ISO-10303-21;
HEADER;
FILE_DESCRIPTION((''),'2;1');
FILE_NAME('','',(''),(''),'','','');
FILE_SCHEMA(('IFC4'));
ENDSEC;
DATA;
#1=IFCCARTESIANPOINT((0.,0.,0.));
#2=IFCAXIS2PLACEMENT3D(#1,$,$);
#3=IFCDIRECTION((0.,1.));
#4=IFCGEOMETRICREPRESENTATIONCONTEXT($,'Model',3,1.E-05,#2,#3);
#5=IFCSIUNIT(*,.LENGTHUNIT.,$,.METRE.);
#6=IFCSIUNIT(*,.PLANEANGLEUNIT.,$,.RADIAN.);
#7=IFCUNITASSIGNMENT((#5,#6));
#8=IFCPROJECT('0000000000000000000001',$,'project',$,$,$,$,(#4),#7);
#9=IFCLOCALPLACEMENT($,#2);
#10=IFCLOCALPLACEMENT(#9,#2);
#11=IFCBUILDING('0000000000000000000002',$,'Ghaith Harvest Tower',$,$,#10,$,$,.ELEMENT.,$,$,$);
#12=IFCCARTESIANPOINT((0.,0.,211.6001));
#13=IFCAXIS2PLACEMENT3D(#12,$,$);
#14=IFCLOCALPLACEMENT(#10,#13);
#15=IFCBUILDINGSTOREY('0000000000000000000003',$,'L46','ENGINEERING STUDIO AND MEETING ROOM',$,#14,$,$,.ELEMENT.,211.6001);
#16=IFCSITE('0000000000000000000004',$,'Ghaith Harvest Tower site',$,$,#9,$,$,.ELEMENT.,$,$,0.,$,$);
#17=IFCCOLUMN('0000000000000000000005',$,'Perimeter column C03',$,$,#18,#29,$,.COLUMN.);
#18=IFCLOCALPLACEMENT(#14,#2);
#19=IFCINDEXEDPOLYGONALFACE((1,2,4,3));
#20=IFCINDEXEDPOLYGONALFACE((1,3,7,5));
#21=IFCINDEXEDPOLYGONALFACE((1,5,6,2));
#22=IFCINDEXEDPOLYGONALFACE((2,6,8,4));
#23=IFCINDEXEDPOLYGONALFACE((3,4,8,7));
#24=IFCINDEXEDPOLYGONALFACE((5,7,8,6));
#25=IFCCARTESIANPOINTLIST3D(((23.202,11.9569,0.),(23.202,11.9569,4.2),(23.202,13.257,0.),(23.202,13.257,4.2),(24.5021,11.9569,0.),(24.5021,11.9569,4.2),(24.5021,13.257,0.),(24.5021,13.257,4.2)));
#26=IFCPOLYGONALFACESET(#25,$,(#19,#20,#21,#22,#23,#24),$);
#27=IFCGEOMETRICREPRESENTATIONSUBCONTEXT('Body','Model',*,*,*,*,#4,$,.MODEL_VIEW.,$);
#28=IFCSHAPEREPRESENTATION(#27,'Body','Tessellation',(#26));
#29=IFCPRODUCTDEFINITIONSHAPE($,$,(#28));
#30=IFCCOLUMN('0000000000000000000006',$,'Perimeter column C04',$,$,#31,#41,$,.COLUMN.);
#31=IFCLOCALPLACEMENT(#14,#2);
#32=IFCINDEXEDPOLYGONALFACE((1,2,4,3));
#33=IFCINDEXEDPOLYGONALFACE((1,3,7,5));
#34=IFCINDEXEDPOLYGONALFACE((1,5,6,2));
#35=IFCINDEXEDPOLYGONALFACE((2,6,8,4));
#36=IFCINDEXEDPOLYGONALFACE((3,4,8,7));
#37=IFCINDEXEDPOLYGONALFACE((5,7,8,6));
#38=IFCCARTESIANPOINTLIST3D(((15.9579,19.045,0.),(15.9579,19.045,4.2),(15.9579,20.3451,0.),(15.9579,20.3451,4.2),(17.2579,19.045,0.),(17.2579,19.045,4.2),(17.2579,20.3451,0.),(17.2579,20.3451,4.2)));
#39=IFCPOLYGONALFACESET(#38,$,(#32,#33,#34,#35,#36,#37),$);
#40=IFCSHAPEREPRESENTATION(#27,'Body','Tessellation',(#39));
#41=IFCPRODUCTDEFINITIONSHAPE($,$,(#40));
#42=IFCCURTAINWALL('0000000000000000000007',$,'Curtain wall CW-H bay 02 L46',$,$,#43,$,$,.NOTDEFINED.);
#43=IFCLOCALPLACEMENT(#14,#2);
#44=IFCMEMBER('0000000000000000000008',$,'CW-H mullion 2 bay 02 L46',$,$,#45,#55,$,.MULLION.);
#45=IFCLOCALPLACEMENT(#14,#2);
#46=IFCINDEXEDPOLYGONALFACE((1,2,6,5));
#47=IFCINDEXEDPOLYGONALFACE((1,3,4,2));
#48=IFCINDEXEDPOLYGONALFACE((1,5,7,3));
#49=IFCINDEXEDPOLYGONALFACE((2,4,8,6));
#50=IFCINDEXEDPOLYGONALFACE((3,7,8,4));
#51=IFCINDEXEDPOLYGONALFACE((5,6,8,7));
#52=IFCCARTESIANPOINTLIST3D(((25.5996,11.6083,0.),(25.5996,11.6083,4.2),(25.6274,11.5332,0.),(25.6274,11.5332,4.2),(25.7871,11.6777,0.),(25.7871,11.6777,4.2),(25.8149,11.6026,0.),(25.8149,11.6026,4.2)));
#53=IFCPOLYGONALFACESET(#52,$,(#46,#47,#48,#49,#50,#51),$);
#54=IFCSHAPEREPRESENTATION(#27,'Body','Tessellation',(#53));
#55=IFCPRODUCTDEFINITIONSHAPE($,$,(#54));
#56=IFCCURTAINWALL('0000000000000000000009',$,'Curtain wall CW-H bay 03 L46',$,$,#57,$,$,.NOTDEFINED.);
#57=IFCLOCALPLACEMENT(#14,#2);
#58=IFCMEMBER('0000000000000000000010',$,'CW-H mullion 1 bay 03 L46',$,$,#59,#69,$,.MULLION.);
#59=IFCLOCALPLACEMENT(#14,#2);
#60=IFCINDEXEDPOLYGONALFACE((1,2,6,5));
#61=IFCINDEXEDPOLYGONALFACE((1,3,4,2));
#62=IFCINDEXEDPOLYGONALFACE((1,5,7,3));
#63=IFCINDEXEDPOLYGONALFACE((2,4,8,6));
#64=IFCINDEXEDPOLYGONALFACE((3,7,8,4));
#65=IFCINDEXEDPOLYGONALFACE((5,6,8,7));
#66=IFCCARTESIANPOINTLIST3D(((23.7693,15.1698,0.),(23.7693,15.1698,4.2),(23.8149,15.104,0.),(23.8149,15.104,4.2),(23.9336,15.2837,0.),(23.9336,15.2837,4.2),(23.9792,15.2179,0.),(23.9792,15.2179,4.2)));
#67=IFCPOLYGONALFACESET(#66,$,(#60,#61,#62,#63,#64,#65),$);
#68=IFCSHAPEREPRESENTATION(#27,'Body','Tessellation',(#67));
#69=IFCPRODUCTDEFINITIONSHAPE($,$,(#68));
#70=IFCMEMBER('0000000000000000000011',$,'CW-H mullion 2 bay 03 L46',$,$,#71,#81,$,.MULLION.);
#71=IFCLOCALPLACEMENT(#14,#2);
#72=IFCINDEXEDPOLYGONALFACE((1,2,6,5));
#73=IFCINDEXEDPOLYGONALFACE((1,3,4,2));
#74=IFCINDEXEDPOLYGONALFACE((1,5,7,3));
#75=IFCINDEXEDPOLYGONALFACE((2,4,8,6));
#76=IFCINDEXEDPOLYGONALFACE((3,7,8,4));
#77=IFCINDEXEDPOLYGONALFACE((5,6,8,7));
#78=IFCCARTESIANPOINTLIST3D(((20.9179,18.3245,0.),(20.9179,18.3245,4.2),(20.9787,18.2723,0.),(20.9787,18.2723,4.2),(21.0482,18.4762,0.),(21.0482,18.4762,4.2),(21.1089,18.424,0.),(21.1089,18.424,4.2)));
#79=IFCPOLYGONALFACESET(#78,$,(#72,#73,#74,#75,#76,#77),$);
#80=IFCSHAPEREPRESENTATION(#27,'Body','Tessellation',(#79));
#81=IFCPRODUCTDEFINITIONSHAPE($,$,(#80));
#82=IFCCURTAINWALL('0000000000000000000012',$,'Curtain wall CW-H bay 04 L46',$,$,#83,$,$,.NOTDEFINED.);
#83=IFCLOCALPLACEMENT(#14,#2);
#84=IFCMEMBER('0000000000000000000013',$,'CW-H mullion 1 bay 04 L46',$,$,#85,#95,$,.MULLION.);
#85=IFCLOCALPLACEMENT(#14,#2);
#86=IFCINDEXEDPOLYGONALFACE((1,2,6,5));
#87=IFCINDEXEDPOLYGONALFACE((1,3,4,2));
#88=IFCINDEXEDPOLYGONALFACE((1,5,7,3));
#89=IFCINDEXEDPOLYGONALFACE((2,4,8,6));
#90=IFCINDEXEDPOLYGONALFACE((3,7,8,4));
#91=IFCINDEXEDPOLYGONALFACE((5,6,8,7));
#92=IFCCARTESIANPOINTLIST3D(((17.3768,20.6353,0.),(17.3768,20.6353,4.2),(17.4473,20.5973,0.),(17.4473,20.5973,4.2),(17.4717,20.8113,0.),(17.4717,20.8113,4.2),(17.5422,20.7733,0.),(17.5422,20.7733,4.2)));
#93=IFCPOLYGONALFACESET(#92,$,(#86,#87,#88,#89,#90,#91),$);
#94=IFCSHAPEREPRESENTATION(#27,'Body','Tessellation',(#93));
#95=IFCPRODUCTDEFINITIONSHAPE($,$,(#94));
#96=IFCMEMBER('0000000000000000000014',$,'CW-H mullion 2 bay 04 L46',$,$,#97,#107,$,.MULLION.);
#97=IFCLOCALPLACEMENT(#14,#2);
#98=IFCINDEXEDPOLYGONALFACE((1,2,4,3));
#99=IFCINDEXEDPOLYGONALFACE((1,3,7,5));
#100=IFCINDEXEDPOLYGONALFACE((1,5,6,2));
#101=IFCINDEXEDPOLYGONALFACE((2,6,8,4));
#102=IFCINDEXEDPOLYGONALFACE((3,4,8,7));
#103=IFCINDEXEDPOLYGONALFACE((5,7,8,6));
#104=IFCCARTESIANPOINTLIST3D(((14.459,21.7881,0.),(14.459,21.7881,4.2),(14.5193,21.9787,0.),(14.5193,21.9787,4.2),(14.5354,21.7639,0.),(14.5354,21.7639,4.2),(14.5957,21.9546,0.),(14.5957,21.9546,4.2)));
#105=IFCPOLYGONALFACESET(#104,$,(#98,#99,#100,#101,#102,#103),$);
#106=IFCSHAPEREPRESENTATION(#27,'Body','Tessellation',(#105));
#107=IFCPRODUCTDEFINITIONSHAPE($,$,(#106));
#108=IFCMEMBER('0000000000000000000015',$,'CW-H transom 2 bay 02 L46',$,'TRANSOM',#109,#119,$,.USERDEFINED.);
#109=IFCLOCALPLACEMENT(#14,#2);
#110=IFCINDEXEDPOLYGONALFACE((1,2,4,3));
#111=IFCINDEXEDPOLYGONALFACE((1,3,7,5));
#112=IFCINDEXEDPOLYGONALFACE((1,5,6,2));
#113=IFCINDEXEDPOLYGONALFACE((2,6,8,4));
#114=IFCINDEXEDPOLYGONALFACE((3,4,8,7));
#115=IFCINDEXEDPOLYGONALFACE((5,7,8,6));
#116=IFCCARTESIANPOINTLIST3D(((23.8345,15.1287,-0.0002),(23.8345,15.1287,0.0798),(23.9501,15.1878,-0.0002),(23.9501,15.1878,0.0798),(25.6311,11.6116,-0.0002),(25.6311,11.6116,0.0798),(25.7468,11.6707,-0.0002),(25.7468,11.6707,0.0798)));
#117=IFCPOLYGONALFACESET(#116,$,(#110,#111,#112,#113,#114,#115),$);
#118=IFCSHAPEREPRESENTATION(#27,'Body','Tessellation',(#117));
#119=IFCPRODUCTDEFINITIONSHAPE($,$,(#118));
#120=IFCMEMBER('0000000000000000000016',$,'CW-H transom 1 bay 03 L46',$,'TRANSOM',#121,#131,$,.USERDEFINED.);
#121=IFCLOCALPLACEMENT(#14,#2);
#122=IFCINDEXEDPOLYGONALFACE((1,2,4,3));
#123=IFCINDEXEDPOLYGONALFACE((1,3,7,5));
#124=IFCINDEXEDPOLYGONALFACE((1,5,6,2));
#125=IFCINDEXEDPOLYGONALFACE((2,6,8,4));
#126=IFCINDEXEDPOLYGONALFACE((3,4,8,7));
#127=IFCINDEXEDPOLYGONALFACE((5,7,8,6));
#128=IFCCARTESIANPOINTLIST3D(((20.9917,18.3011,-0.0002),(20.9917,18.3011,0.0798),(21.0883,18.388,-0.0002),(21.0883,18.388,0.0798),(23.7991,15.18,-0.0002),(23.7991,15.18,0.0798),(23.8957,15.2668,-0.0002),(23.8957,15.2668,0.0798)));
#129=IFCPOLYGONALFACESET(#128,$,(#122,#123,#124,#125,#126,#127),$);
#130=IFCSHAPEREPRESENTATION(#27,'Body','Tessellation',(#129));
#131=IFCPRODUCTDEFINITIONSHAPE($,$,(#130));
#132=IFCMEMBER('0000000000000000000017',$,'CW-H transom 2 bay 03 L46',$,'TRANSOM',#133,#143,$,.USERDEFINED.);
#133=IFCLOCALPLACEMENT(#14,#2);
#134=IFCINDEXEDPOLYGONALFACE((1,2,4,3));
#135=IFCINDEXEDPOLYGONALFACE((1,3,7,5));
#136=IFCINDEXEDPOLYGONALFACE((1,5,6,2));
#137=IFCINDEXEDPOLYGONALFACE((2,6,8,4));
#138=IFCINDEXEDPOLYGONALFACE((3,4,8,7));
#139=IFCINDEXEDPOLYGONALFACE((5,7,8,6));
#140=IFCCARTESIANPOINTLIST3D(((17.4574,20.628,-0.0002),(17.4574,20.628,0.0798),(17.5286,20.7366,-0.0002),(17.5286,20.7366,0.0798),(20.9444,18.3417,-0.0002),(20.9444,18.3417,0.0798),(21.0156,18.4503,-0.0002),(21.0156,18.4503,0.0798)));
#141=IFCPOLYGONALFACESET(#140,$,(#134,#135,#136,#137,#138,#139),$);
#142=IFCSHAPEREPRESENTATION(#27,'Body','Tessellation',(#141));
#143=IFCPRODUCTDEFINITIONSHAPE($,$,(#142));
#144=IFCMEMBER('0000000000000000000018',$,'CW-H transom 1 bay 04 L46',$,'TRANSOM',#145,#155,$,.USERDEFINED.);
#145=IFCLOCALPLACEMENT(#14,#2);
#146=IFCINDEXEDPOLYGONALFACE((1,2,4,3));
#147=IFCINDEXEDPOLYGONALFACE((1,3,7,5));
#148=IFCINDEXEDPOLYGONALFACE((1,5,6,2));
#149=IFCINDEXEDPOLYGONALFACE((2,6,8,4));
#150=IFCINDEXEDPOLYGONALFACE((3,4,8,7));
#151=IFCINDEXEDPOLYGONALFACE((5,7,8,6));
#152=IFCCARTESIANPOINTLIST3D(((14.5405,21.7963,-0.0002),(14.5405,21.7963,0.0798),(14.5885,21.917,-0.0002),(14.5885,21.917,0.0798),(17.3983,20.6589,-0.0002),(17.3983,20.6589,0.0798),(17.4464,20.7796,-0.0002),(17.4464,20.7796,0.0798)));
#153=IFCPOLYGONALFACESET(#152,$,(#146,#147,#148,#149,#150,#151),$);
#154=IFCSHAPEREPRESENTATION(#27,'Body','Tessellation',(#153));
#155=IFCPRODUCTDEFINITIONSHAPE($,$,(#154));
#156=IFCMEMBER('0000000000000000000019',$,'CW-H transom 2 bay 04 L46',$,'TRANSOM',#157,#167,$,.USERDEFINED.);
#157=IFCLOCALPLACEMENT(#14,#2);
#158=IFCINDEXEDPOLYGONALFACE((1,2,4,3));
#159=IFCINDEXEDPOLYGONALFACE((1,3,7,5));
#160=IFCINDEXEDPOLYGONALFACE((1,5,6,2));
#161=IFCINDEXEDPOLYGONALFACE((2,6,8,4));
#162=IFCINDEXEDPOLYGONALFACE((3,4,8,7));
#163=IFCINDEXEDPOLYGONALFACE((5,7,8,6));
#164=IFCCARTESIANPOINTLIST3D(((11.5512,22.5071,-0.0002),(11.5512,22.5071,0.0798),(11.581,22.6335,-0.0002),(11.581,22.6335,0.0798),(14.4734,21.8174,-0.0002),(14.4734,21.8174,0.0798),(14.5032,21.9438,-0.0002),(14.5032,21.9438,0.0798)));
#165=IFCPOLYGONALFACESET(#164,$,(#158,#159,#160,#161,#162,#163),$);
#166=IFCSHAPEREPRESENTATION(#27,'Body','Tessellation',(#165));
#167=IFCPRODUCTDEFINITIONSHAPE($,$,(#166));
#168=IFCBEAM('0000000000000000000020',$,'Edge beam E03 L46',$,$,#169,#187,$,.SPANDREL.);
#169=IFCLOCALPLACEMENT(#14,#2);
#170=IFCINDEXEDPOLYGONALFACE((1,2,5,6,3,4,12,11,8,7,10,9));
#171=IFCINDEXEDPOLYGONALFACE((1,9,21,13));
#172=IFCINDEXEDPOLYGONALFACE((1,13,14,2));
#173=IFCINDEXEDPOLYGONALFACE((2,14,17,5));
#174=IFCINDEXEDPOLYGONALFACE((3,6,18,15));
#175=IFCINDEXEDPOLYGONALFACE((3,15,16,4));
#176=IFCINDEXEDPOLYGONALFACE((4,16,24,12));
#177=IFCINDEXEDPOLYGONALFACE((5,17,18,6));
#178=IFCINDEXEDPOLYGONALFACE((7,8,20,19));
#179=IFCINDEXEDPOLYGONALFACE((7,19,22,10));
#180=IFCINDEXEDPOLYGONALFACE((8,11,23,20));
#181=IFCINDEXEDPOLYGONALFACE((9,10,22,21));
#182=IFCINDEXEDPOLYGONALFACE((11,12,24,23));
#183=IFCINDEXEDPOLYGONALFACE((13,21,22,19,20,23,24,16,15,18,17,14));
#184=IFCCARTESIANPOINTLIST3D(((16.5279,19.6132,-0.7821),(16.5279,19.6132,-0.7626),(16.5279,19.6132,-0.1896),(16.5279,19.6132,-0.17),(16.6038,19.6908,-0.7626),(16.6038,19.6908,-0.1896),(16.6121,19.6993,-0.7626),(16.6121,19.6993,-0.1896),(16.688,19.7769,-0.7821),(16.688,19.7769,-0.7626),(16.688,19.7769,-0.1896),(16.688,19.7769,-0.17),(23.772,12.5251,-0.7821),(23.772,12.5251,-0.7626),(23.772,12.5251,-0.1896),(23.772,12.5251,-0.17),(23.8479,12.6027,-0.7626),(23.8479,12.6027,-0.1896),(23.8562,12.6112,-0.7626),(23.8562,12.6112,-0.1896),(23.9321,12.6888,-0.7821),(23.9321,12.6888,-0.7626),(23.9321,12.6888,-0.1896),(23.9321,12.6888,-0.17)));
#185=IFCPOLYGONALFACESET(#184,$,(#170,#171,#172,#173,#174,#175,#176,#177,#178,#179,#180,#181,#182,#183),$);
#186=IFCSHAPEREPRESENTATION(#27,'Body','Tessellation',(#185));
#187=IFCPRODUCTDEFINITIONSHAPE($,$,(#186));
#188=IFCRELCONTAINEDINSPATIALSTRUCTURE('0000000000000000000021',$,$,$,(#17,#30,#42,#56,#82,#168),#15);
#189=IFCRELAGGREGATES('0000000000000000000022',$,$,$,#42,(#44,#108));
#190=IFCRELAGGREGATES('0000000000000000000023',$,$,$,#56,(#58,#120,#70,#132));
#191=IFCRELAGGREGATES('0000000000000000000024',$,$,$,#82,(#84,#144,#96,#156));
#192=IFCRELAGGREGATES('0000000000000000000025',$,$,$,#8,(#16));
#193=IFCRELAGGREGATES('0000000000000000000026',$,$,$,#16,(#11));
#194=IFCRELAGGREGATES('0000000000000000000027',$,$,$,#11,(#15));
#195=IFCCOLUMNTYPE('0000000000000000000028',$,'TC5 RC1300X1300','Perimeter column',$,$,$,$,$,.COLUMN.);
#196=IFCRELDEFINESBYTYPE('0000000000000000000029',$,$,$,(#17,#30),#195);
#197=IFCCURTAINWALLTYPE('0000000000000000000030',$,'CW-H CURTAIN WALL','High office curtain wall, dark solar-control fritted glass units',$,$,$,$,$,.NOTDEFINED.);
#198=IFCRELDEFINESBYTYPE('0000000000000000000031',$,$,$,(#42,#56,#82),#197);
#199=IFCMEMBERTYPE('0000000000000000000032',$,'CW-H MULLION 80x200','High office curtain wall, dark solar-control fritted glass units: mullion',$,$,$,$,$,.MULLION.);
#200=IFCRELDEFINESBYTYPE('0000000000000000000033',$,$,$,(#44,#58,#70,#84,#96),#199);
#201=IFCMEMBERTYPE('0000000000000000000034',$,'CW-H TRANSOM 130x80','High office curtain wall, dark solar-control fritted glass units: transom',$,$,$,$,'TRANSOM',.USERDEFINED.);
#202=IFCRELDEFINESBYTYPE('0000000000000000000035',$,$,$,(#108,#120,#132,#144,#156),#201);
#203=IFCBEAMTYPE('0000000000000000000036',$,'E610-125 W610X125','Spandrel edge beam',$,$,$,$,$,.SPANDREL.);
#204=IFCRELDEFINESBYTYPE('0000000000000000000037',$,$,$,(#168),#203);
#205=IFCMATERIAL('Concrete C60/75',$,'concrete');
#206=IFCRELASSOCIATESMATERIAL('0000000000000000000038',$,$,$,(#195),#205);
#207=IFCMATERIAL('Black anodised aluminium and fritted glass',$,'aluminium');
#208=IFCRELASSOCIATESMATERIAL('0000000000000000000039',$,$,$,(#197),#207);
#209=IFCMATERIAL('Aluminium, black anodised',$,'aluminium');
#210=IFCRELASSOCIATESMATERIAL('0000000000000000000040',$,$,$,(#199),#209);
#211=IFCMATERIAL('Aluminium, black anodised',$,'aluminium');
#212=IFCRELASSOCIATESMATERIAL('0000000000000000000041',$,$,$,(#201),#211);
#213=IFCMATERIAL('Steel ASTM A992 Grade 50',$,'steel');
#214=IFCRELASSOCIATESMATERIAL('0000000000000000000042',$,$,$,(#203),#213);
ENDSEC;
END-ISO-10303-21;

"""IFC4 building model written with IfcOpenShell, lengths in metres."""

from ifc_helpers import new_model, si_unit, direction, frame, origin, origin_2d, place, context, subcontext, project, spatial, rectangle, i_section, extrude, material, material_profile, profile_set, type_object, element, aggregate, save


model = new_model("IFC4")

# Units and contexts
model_context = context("Model", 3, precision=1e-05, world=origin(), true_north=direction((0.0, 1.0)))
body_context = subcontext(model_context, "Body", "Model", "MODEL_VIEW")
ifc_project = project(units=[si_unit("LENGTHUNIT", "METRE"), si_unit("PLANEANGLEUNIT", "RADIAN")], contexts=[model_context])

# Site, building, storey
site_placement = place(None, origin())
site = spatial("IfcSite", under=ifc_project, at=site_placement, Name="Ghaith Harvest Tower site", CompositionType="ELEMENT", RefElevation=0.0)
building_placement = place(site_placement, origin())
building = spatial("IfcBuilding", under=site, at=building_placement, Name="Ghaith Harvest Tower", CompositionType="ELEMENT")
storey_placement = place(building_placement, frame((0.0, 0.0, 211.6001)))
storey = spatial("IfcBuildingStorey", under=building, at=storey_placement, Name="L46", Description="ENGINEERING STUDIO AND MEETING ROOM", CompositionType="ELEMENT", Elevation=211.6001)

# Columns
ifc_material_1 = material(Name="Concrete C60/75", Category="concrete")
ifc_material_profile_1 = material_profile(ifc_material_1, rectangle(XDim=1.3, YDim=1.3, at=origin_2d()), Name="RC1300X1300")
ifc_profile_set_1 = profile_set([ifc_material_profile_1], Name="Concrete C60/75")
column_type = type_object("IfcColumnType", Name="TC5 RC1300X1300", Description="Perimeter column", PredefinedType="COLUMN", material=ifc_profile_set_1)
for number, where, z_axis, x_axis, name in (
    (1, (23.8521, 12.6069, 0.0), (0.0, 0.0, 1.0), (1.0, 0.0, 0.0), "Perimeter column C03"),
    (2, (16.6079, 19.6951, 0.0), (0.0, 0.0, 1.0), (1.0, 0.0, 0.0), "Perimeter column C04"),
):
    element("IfcColumn", number, at=place(storey_placement, frame(where, z_axis=z_axis, x_axis=x_axis)), inside=storey, type_object=column_type, Name=name, PredefinedType="COLUMN", context=body_context, shape_type="SweptSolid", body=[
        extrude(rectangle(XDim=1.3, YDim=1.3, at=origin_2d()), origin(), (0.0, 0.0, 1.0), 4.2),
    ])

# Curtain wall, member
ifc_material_2 = material(Name="Black anodised aluminium and fritted glass", Category="aluminium")
curtain_wall_type = type_object("IfcCurtainWallType", Name="CW-H CURTAIN WALL", Description="High office curtain wall, dark solar-control fritted glass units", PredefinedType="NOTDEFINED", material=ifc_material_2)
curtain_wall_1_placement = place(storey_placement, origin())
curtain_wall_1 = element("IfcCurtainWall", 3, at=curtain_wall_1_placement, inside=storey, type_object=curtain_wall_type, Name="Curtain wall CW-H bay 02 L46", PredefinedType="NOTDEFINED")
ifc_material_3 = material(Name="Aluminium, black anodised", Category="aluminium")
ifc_material_profile_2 = material_profile(ifc_material_3, rectangle(XDim=0.0801, YDim=0.2, at=origin_2d()), Name="CW-H MULLION 80x200")
ifc_profile_set_2 = profile_set([ifc_material_profile_2], Name="Aluminium, black anodised")
member_type_1 = type_object("IfcMemberType", Name="CW-H MULLION 80x200", Description="High office curtain wall, dark solar-control fritted glass units: mullion", PredefinedType="MULLION", material=ifc_profile_set_2)
member_1_placement = place(storey_placement, frame((25.7073, 11.6055, 0.0), z_axis=(0.0, 0.0, 1.0), x_axis=(-0.347012, 0.937861, 0.0)))
member_1 = element("IfcMember", 4, at=member_1_placement, type_object=member_type_1, Name="CW-H mullion 2 bay 02 L46", PredefinedType="MULLION", context=body_context, shape_type="SweptSolid", body=[
    extrude(rectangle(XDim=0.0801, YDim=0.2, at=origin_2d()), origin(), (0.0, 0.0, 1.0), 4.2),
])

# Curtain walls, members
curtain_wall_2_placement = place(storey_placement, origin())
curtain_wall_2 = element("IfcCurtainWall", 5, at=curtain_wall_2_placement, inside=storey, type_object=curtain_wall_type, Name="Curtain wall CW-H bay 03 L46", PredefinedType="NOTDEFINED")
member_2_placement = place(storey_placement, frame((23.8743, 15.1938, 0.0), z_axis=(0.0, 0.0, 1.0), x_axis=(-0.569847, 0.821751, 0.0)))
member_2 = element("IfcMember", 6, at=member_2_placement, type_object=member_type_1, Name="CW-H mullion 1 bay 03 L46", PredefinedType="MULLION", context=body_context, shape_type="SweptSolid", body=[
    extrude(rectangle(XDim=0.0801, YDim=0.2, at=origin_2d()), origin(), (0.0, 0.0, 1.0), 4.2),
])
member_3_placement = place(storey_placement, frame((21.0134, 18.3743, 0.0), z_axis=(0.0, 0.0, 1.0), x_axis=(-0.758541, 0.651625, 0.0)))
member_3 = element("IfcMember", 7, at=member_3_placement, type_object=member_type_1, Name="CW-H mullion 2 bay 03 L46", PredefinedType="MULLION", context=body_context, shape_type="SweptSolid", body=[
    extrude(rectangle(XDim=0.0801, YDim=0.2, at=origin_2d()), origin(), (0.0, 0.0, 1.0), 4.2),
])
curtain_wall_3_placement = place(storey_placement, origin())
curtain_wall_3 = element("IfcCurtainWall", 8, at=curtain_wall_3_placement, inside=storey, type_object=curtain_wall_type, Name="Curtain wall CW-H bay 04 L46", PredefinedType="NOTDEFINED")
member_4_placement = place(storey_placement, frame((17.4595, 20.7043, 0.0), z_axis=(0.0, 0.0, 1.0), x_axis=(-0.880203, 0.474597, 0.0)))
member_4 = element("IfcMember", 9, at=member_4_placement, type_object=member_type_1, Name="CW-H mullion 1 bay 04 L46", PredefinedType="MULLION", context=body_context, shape_type="SweptSolid", body=[
    extrude(rectangle(XDim=0.0801, YDim=0.2, at=origin_2d()), origin(), (0.0, 0.0, 1.0), 4.2),
])
member_5_placement = place(storey_placement, frame((14.5273, 21.8713, 0.0), z_axis=(0.0, 0.0, 1.0), x_axis=(-0.953503, 0.301384, 0.0)))
member_5 = element("IfcMember", 10, at=member_5_placement, type_object=member_type_1, Name="CW-H mullion 2 bay 04 L46", PredefinedType="MULLION", context=body_context, shape_type="SweptSolid", body=[
    extrude(rectangle(XDim=0.0801, YDim=0.2, at=origin_2d()), origin(), (0.0, 0.0, 1.0), 4.2),
])

# Members
ifc_material_4 = material(Name="Aluminium, black anodised", Category="aluminium")
ifc_material_profile_3 = material_profile(ifc_material_4, rectangle(XDim=0.1299, YDim=0.0801, at=origin_2d()), Name="CW-H TRANSOM 130x80")
ifc_profile_set_3 = profile_set([ifc_material_profile_3], Name="Aluminium, black anodised")
member_type_2 = type_object("IfcMemberType", Name="CW-H TRANSOM 130x80", Description="High office curtain wall, dark solar-control fritted glass units: transom", ElementType="TRANSOM", PredefinedType="USERDEFINED", material=ifc_profile_set_3)
member_6_placement = place(storey_placement, frame((25.689, 11.6411, 0.0398), z_axis=(-0.454912, 0.890537, 0.0), x_axis=(-0.890537, -0.454912, 0.0)))
member_6 = element("IfcMember", 11, at=member_6_placement, type_object=member_type_2, Name="CW-H transom 2 bay 02 L46", ObjectType="TRANSOM", PredefinedType="USERDEFINED", context=body_context, shape_type="SweptSolid", body=[
    extrude(rectangle(XDim=0.1299, YDim=0.0801, at=origin_2d()), origin(), (0.0, 0.0, 1.0), 3.9495),
])
member_7_placement = place(storey_placement, frame((23.8474, 15.2234, 0.0398), z_axis=(-0.668753, 0.743485, 0.0), x_axis=(-0.743485, -0.668753, 0.0)))
member_7 = element("IfcMember", 12, at=member_7_placement, type_object=member_type_2, Name="CW-H transom 1 bay 03 L46", ObjectType="TRANSOM", PredefinedType="USERDEFINED", context=body_context, shape_type="SweptSolid", body=[
    extrude(rectangle(XDim=0.1299, YDim=0.0801, at=origin_2d()), origin(), (0.0, 0.0, 1.0), 4.198),
])
member_8_placement = place(storey_placement, frame((20.98, 18.396, 0.0398), z_axis=(-0.836269, 0.54832, 0.0), x_axis=(-0.54832, -0.836269, 0.0)))
member_8 = element("IfcMember", 13, at=member_8_placement, type_object=member_type_2, Name="CW-H transom 2 bay 03 L46", ObjectType="TRANSOM", PredefinedType="USERDEFINED", context=body_context, shape_type="SweptSolid", body=[
    extrude(rectangle(XDim=0.1299, YDim=0.0801, at=origin_2d()), origin(), (0.0, 0.0, 1.0), 4.1697),
])
member_9_placement = place(storey_placement, frame((17.4224, 20.7192, 0.0398), z_axis=(-0.929116, 0.369789, 0.0), x_axis=(-0.369789, -0.929116, 0.0)))
member_9 = element("IfcMember", 14, at=member_9_placement, type_object=member_type_2, Name="CW-H transom 1 bay 04 L46", ObjectType="TRANSOM", PredefinedType="USERDEFINED", context=body_context, shape_type="SweptSolid", body=[
    extrude(rectangle(XDim=0.1299, YDim=0.0801, at=origin_2d()), origin(), (0.0, 0.0, 1.0), 3.0759),
])
member_10_placement = place(storey_placement, frame((14.4883, 21.8806, 0.0398), z_axis=(-0.973258, 0.229715, 0.0), x_axis=(-0.229715, -0.973258, 0.0)))
member_10 = element("IfcMember", 15, at=member_10_placement, type_object=member_type_2, Name="CW-H transom 2 bay 04 L46", ObjectType="TRANSOM", PredefinedType="USERDEFINED", context=body_context, shape_type="SweptSolid", body=[
    extrude(rectangle(XDim=0.1299, YDim=0.0801, at=origin_2d()), origin(), (0.0, 0.0, 1.0), 3.0024),
])

# Beam
ifc_material_5 = material(Name="Steel ASTM A992 Grade 50", Category="steel")
ifc_material_profile_4 = material_profile(ifc_material_5, i_section(OverallWidth=0.229, OverallDepth=0.6121, WebThickness=0.012, FlangeThickness=0.0195, at=origin_2d()), Name="W610X125")
ifc_profile_set_4 = profile_set([ifc_material_profile_4], Name="Steel ASTM A992 Grade 50")
beam_type = type_object("IfcBeamType", Name="E610-125 W610X125", Description="Spandrel edge beam", PredefinedType="SPANDREL", material=ifc_profile_set_4)
beam_1_placement = place(storey_placement, frame((23.8521, 12.6069, -0.4761), z_axis=(-0.714761, 0.699369, 0.0), x_axis=(-0.699369, -0.714761, 0.0)))
element("IfcBeam", 16, at=beam_1_placement, inside=storey, type_object=beam_type, Name="Edge beam E03 L46", PredefinedType="SPANDREL", context=body_context, shape_type="SweptSolid", body=[
    extrude(i_section(OverallWidth=0.229, OverallDepth=0.6121, WebThickness=0.012, FlangeThickness=0.0195, at=origin_2d()), origin(), (0.0, 0.0, 1.0), 10.135),
])

aggregate(curtain_wall_1, [member_1, member_6])
aggregate(curtain_wall_2, [member_2, member_7, member_3, member_8])
aggregate(curtain_wall_3, [member_4, member_9, member_5, member_10])

save(model, "model.ifc")
